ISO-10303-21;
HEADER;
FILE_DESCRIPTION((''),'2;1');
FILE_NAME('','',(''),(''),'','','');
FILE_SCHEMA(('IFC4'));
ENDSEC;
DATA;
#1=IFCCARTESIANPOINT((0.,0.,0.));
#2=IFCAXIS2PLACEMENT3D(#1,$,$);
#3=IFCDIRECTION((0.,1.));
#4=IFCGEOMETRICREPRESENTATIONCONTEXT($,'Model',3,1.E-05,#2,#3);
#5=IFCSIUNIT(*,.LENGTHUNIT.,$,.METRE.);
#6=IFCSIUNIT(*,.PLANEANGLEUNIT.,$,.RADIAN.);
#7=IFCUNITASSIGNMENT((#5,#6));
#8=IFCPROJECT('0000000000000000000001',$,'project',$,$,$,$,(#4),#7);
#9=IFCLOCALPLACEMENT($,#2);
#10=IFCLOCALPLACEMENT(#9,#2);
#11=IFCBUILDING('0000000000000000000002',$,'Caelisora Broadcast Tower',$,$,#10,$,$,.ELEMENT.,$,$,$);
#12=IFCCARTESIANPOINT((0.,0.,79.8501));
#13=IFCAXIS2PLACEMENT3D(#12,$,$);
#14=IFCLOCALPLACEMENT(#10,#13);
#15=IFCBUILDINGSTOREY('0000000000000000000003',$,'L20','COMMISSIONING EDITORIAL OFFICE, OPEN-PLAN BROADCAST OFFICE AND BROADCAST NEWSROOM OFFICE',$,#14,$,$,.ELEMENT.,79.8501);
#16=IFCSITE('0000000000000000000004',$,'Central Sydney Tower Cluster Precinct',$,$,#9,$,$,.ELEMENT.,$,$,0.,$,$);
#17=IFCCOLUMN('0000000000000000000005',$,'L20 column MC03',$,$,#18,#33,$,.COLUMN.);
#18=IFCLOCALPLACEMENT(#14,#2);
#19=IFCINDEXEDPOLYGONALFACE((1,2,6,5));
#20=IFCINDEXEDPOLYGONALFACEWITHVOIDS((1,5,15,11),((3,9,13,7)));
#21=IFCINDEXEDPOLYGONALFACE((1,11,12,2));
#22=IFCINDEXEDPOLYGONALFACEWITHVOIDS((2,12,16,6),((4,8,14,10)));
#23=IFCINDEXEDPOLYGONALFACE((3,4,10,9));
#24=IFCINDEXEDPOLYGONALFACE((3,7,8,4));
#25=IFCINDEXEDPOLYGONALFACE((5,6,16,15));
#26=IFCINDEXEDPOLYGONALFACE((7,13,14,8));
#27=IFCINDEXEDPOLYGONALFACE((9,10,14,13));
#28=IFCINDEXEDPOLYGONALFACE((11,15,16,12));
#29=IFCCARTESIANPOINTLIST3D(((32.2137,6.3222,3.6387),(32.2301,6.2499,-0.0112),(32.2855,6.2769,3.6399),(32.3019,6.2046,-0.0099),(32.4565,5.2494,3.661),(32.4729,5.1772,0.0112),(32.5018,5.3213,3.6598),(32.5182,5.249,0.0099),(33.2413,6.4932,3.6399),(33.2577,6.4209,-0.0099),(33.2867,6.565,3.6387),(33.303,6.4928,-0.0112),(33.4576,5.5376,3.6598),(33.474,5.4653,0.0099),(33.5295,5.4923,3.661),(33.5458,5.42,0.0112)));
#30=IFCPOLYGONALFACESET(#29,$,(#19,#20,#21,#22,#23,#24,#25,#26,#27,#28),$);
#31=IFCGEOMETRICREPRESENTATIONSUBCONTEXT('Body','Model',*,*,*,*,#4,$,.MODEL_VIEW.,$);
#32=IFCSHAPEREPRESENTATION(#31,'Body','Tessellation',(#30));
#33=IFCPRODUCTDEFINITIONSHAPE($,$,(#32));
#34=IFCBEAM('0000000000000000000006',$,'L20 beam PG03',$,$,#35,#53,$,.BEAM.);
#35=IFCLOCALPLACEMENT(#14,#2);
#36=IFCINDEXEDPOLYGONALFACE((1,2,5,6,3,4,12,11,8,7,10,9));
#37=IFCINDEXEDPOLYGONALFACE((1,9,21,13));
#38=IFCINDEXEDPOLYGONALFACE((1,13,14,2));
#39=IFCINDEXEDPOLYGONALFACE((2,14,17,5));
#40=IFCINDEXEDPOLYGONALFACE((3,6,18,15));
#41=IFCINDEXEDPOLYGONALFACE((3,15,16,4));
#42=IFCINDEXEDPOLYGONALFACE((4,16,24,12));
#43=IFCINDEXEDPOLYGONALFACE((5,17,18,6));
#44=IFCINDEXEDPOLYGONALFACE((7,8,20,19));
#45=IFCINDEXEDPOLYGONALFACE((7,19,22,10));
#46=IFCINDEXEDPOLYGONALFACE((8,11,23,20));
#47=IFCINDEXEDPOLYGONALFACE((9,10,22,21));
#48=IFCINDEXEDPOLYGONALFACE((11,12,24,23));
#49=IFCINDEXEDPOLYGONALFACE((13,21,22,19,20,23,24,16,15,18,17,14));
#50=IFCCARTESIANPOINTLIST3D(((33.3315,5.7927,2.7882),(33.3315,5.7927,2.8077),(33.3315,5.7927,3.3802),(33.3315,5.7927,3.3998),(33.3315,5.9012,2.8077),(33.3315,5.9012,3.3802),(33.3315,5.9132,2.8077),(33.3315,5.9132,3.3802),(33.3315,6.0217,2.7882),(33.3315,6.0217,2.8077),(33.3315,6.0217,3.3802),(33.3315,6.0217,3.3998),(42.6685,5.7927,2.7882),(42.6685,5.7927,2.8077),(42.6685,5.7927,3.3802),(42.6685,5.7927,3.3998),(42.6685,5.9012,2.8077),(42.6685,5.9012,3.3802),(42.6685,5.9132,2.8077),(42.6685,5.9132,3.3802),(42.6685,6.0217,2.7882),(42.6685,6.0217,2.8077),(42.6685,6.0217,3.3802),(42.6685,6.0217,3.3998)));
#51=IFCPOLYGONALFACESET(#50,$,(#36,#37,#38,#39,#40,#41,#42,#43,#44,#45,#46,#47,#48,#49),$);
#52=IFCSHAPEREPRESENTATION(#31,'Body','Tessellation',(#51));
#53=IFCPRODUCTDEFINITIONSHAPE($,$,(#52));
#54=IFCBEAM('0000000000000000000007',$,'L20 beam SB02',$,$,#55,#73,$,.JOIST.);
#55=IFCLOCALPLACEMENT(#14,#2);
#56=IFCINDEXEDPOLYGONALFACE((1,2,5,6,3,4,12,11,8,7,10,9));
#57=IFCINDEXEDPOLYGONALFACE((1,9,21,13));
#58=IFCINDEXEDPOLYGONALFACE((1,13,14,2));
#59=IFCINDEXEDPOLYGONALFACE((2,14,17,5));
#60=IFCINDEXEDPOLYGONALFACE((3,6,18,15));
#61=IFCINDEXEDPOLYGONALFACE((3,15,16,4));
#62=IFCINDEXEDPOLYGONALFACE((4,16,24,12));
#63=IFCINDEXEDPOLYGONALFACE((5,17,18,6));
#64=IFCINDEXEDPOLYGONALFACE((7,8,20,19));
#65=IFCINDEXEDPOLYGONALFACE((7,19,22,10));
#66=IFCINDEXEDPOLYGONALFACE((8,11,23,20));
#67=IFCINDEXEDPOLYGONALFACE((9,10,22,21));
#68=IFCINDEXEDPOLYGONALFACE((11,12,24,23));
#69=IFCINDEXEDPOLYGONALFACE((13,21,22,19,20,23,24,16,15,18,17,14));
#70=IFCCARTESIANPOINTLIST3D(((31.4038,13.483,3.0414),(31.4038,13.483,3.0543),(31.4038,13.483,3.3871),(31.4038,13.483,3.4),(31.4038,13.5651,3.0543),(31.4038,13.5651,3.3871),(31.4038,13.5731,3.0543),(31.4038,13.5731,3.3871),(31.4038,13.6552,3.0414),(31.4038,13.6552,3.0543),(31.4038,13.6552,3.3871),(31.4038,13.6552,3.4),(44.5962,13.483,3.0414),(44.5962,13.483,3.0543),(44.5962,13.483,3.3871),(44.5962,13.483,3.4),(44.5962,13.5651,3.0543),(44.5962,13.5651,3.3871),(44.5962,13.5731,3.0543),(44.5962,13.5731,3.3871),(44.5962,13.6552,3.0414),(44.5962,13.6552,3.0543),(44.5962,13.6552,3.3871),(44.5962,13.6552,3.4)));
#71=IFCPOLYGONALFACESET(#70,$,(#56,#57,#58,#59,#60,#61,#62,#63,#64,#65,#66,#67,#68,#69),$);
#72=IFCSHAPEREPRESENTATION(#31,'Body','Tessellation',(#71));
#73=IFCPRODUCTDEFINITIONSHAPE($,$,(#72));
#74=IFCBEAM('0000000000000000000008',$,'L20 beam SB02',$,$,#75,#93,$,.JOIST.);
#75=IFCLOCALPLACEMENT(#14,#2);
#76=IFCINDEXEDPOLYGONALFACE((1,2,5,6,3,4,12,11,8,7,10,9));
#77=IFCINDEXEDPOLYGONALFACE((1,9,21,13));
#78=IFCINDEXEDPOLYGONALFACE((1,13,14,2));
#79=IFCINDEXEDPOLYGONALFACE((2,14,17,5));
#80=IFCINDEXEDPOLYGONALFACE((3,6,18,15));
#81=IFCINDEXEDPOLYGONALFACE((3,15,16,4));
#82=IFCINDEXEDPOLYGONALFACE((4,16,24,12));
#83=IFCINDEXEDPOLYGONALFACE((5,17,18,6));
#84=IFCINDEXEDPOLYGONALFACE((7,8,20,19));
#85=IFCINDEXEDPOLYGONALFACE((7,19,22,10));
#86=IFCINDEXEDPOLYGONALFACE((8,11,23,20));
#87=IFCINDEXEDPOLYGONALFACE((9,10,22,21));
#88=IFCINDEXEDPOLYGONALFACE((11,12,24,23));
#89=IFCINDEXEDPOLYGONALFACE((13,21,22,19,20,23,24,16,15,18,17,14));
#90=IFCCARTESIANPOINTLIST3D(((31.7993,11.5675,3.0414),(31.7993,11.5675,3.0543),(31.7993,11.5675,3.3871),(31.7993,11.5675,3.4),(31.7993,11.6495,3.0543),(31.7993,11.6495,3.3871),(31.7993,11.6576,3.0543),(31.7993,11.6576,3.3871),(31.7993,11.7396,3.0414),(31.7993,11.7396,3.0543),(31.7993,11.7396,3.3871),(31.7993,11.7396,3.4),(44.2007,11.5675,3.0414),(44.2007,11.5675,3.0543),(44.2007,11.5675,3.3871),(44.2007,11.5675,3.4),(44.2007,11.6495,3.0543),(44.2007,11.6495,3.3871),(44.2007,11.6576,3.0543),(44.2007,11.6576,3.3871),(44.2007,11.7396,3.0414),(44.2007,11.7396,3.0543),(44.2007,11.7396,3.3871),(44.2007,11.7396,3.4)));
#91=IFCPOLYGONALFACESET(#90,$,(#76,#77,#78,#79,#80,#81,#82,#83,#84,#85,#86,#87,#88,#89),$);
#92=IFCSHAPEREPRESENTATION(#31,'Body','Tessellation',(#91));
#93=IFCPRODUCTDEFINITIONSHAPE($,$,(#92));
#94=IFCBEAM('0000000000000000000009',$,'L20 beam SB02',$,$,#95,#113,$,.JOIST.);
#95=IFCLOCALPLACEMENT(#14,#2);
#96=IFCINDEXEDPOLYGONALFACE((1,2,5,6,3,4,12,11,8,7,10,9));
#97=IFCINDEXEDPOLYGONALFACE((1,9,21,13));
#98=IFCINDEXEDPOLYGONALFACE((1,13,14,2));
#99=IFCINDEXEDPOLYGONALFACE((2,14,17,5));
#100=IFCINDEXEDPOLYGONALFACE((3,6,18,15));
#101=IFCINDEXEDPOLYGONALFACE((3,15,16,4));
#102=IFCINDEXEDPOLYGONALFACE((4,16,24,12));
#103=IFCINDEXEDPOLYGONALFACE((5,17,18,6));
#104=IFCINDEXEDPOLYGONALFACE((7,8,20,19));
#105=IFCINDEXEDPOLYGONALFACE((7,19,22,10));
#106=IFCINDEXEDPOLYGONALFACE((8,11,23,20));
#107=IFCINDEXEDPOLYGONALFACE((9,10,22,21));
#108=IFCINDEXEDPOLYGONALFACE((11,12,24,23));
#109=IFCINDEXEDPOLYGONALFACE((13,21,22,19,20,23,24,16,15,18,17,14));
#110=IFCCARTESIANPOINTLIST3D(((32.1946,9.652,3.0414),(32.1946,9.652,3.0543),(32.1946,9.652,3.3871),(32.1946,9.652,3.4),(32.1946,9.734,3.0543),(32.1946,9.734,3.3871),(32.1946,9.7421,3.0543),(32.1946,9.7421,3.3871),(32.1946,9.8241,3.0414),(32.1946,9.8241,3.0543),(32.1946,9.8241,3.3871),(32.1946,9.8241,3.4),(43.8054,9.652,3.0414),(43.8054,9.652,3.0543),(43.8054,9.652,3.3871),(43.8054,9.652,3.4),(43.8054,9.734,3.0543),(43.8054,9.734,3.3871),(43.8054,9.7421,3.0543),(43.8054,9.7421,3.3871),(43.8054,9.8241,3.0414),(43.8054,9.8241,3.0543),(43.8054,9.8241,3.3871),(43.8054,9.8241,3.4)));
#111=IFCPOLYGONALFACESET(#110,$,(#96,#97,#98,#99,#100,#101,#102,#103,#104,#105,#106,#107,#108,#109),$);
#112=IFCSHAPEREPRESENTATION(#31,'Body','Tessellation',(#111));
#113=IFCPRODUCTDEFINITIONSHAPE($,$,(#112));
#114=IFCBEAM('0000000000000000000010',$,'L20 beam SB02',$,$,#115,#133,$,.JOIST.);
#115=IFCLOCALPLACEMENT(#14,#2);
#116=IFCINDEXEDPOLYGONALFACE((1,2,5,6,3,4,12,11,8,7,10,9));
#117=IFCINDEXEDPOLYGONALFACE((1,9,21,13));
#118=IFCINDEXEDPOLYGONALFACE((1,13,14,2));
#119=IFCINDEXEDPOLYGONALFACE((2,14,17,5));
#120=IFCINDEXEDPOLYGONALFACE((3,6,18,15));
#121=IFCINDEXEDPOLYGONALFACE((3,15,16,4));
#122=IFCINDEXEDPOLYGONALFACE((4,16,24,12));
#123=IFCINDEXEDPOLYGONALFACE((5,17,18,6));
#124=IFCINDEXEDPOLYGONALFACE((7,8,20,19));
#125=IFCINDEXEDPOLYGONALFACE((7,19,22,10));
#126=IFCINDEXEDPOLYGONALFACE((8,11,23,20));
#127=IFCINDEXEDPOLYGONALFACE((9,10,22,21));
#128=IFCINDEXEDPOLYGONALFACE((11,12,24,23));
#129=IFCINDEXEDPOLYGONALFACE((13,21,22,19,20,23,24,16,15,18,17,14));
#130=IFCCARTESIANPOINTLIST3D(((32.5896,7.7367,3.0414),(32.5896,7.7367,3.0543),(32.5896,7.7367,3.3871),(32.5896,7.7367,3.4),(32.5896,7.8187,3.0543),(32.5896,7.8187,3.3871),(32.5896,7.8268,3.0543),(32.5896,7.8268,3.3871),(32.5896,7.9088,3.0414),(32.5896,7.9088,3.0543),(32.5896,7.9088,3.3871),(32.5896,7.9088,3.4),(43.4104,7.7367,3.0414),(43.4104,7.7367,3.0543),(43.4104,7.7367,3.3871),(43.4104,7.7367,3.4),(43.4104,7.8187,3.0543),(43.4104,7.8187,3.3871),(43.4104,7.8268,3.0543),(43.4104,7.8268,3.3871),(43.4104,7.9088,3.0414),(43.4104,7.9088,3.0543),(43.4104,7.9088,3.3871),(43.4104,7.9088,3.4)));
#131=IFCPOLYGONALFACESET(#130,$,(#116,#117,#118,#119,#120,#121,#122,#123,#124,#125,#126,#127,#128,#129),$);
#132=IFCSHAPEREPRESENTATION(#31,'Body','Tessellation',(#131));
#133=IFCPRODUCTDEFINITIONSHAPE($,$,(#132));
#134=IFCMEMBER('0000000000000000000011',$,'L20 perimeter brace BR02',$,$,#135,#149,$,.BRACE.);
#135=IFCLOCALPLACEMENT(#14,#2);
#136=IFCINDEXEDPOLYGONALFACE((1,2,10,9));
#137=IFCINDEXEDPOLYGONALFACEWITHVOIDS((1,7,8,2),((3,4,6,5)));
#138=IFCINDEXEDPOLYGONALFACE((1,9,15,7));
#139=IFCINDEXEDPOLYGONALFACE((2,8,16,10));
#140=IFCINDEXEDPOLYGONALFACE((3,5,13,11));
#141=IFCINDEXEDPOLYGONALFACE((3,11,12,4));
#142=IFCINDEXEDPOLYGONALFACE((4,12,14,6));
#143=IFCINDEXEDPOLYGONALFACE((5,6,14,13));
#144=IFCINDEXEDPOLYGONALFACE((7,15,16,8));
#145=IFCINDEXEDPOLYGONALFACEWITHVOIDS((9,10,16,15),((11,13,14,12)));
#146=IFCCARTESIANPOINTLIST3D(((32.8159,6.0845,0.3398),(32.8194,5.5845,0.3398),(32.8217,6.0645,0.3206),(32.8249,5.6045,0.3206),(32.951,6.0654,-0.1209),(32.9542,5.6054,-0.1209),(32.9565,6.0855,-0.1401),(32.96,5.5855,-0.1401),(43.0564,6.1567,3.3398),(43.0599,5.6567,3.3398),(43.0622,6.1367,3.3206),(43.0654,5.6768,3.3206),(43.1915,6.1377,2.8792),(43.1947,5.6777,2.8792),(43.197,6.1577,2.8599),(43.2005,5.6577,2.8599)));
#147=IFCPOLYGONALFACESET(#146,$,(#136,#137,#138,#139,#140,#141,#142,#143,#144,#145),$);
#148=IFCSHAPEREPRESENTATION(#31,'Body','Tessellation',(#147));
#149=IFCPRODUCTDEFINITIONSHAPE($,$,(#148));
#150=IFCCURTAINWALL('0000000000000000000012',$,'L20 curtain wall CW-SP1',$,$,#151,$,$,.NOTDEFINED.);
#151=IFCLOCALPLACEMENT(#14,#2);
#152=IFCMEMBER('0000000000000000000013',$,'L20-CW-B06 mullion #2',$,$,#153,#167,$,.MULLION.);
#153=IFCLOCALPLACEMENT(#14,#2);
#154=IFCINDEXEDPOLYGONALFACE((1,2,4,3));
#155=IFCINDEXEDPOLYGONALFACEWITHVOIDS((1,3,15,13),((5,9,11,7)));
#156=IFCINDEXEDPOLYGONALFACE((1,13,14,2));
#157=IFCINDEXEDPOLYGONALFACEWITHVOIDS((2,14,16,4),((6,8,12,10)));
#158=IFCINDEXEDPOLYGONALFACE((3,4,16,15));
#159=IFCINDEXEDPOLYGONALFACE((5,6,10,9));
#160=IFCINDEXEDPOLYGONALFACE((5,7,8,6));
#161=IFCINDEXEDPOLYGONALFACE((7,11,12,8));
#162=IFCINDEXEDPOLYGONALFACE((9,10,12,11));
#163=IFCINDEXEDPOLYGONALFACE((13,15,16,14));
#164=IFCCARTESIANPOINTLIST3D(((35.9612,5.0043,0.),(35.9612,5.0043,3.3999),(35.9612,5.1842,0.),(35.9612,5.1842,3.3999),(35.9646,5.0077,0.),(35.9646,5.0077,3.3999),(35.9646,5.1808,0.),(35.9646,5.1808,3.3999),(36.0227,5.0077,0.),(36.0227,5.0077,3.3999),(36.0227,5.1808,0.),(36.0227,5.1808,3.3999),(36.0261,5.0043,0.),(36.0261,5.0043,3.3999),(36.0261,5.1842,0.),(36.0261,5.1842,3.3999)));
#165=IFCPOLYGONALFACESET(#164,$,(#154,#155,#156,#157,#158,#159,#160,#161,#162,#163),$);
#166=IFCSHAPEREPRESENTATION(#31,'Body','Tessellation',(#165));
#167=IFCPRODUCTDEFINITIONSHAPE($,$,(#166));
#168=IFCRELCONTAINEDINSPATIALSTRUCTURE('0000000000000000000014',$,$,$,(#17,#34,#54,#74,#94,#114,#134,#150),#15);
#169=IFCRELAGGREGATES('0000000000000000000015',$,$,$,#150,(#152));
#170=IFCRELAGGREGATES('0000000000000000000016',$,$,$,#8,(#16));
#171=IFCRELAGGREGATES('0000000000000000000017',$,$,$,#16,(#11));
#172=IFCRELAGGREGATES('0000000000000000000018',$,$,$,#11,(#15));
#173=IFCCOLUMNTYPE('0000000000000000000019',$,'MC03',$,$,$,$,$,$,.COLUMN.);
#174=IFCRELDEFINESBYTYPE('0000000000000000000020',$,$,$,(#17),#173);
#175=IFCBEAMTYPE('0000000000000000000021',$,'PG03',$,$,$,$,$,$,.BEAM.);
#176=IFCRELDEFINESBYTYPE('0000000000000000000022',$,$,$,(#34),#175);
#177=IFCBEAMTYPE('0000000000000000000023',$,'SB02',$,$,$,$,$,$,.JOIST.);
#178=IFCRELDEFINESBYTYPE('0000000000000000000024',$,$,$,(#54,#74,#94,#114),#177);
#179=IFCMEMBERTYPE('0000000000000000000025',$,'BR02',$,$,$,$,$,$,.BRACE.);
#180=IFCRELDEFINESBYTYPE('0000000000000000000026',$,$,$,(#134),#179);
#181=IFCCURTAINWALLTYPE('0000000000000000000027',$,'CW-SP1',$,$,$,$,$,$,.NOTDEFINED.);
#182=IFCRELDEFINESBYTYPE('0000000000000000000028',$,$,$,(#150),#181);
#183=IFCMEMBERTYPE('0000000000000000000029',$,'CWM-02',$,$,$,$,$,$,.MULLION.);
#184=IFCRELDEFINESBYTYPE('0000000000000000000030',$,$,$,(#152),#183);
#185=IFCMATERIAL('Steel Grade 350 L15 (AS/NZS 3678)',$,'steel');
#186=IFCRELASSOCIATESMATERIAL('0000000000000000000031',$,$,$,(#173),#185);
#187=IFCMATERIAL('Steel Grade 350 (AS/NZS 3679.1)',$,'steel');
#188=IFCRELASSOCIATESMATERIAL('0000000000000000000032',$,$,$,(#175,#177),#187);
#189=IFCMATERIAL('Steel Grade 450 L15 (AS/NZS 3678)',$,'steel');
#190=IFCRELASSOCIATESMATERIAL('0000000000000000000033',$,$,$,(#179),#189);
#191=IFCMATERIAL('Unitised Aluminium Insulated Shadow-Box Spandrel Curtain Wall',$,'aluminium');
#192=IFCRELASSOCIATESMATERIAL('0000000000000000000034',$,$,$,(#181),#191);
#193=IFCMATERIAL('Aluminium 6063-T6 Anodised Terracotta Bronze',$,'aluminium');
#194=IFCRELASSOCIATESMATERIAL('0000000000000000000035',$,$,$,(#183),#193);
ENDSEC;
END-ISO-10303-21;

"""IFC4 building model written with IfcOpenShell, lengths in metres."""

from ifc_helpers import new_model, si_unit, direction, frame, origin, origin_2d, place, context, subcontext, project, spatial, hollow_rectangle, i_section, extrude, source, transform, mapped, material, material_profile, profile_set, type_object, type_shapes, element, aggregate, save


model = new_model("IFC4")

# Units and contexts
model_context = context("Model", 3, precision=1e-05, world=origin(), true_north=direction((0.0, 1.0)))
body_context = subcontext(model_context, "Body", "Model", "MODEL_VIEW")
ifc_project = project(units=[si_unit("LENGTHUNIT", "METRE"), si_unit("PLANEANGLEUNIT", "RADIAN")], contexts=[model_context])

# Site, building, storey
site_placement = place(None, origin())
site = spatial("IfcSite", under=ifc_project, at=site_placement, Name="Central Sydney Tower Cluster Precinct", CompositionType="ELEMENT", RefElevation=0.0)
building_placement = place(site_placement, origin())
building = spatial("IfcBuilding", under=site, at=building_placement, Name="Caelisora Broadcast Tower", CompositionType="ELEMENT")
storey_placement = place(building_placement, frame((0.0, 0.0, 79.8501)))
storey = spatial("IfcBuildingStorey", under=building, at=storey_placement, Name="L20", Description="COMMISSIONING EDITORIAL OFFICE, OPEN-PLAN BROADCAST OFFICE AND BROADCAST NEWSROOM OFFICE", CompositionType="ELEMENT", Elevation=79.8501)

# Column
ifc_material_1 = material(Name="Steel Grade 350 L15 (AS/NZS 3678)", Category="steel")
ifc_material_profile_1 = material_profile(ifc_material_1, hollow_rectangle(XDim=1.1001, YDim=1.1001, WallThickness=0.0601, at=origin_2d()), Name="Steel Grade 350 L15 (AS/NZS 3678)")
ifc_profile_set_1 = profile_set([ifc_material_profile_1], Name="Steel Grade 350 L15 (AS/NZS 3678)")
column_type = type_object("IfcColumnType", Name="MC03", PredefinedType="COLUMN", material=ifc_profile_set_1)
shared_shape_1 = source(origin(), body_context, "Body", "SweptSolid", [
    extrude(hollow_rectangle(XDim=1.1001, YDim=1.1001, WallThickness=0.0601, at=origin_2d()), origin(), (0.0, 0.0, 1.0), 3.6506),
])
type_shapes(column_type, [shared_shape_1])
column_placement = place(storey_placement, frame((32.8879, 5.835, 0.0), z_axis=(-0.004481, 0.019795, 0.999794), x_axis=(-0.975327, -0.220767, 0.0)))
element("IfcColumn", 1, at=column_placement, inside=storey, type_object=column_type, Name="L20 column MC03", PredefinedType="COLUMN", context=body_context, shape_type="MappedRepresentation", body=[
    mapped(shared_shape_1, transform((0.0, 0.0, 0.0), scale=1.0)),
])

# Beams
ifc_material_2 = material(Name="Steel Grade 350 (AS/NZS 3679.1)", Category="steel")
ifc_material_profile_2 = material_profile(ifc_material_2, i_section(OverallWidth=0.229, OverallDepth=0.6116, WebThickness=0.012, FlangeThickness=0.0195, at=origin_2d()), Name="Steel Grade 350 (AS/NZS 3679.1)")
ifc_profile_set_2 = profile_set([ifc_material_profile_2], Name="Steel Grade 350 (AS/NZS 3679.1)")
beam_type_1 = type_object("IfcBeamType", Name="PG03", PredefinedType="BEAM", material=ifc_profile_set_2)
shared_shape_2 = source(origin(), body_context, "Body", "SweptSolid", [
    extrude(i_section(OverallWidth=0.229, OverallDepth=0.6116, WebThickness=0.012, FlangeThickness=0.0195, at=origin_2d()), origin(), (0.0, 0.0, 1.0), 9.3369),
])
type_shapes(beam_type_1, [shared_shape_2])
beam_1_placement = place(storey_placement, frame((33.3315, 5.9072, 3.094), z_axis=(1.0, 0.0, 0.0), x_axis=(0.0, 1.0, 0.0)))
element("IfcBeam", 2, at=beam_1_placement, inside=storey, type_object=beam_type_1, Name="L20 beam PG03", PredefinedType="BEAM", context=body_context, shape_type="MappedRepresentation", body=[
    mapped(shared_shape_2, transform((0.0, 0.0, 0.0), scale=1.0)),
])
ifc_material_profile_3 = material_profile(ifc_material_2, i_section(OverallWidth=0.1721, OverallDepth=0.3586, WebThickness=0.0081, FlangeThickness=0.0129, at=origin_2d()), Name="Steel Grade 350 (AS/NZS 3679.1)")
ifc_profile_set_3 = profile_set([ifc_material_profile_3], Name="Steel Grade 350 (AS/NZS 3679.1)")
beam_type_2 = type_object("IfcBeamType", Name="SB02", PredefinedType="JOIST", material=ifc_profile_set_3)
shared_shape_3 = source(origin(), body_context, "Body", "SweptSolid", [
    extrude(i_section(OverallWidth=0.1721, OverallDepth=0.3586, WebThickness=0.0081, FlangeThickness=0.0129, at=origin_2d()), origin(), (0.0, 0.0, 1.0), 13.1924),
])
beam_2_placement = place(storey_placement, frame((31.4038, 13.5691, 3.2207), z_axis=(1.0, 0.0, 0.0), x_axis=(0.0, 1.0, 0.0)))
element("IfcBeam", 3, at=beam_2_placement, inside=storey, type_object=beam_type_2, Name="L20 beam SB02", PredefinedType="JOIST", context=body_context, shape_type="MappedRepresentation", body=[
    mapped(shared_shape_3, transform((0.0, 0.0, 0.0), scale=1.0)),
])
shared_shape_4 = source(origin(), body_context, "Body", "SweptSolid", [
    extrude(i_section(OverallWidth=0.1721, OverallDepth=0.3586, WebThickness=0.0081, FlangeThickness=0.0129, at=origin_2d()), origin(), (0.0, 0.0, 1.0), 12.4014),
])
beam_3_placement = place(storey_placement, frame((31.7993, 11.6536, 3.2207), z_axis=(1.0, 0.0, 0.0), x_axis=(0.0, 1.0, 0.0)))
element("IfcBeam", 4, at=beam_3_placement, inside=storey, type_object=beam_type_2, Name="L20 beam SB02", PredefinedType="JOIST", context=body_context, shape_type="MappedRepresentation", body=[
    mapped(shared_shape_4, transform((0.0, 0.0, 0.0), scale=1.0)),
])
shared_shape_5 = source(origin(), body_context, "Body", "SweptSolid", [
    extrude(i_section(OverallWidth=0.1721, OverallDepth=0.3586, WebThickness=0.0081, FlangeThickness=0.0129, at=origin_2d()), origin(), (0.0, 0.0, 1.0), 11.6108),
])
beam_4_placement = place(storey_placement, frame((32.1946, 9.738, 3.2207), z_axis=(1.0, 0.0, 0.0), x_axis=(0.0, 1.0, 0.0)))
element("IfcBeam", 5, at=beam_4_placement, inside=storey, type_object=beam_type_2, Name="L20 beam SB02", PredefinedType="JOIST", context=body_context, shape_type="MappedRepresentation", body=[
    mapped(shared_shape_5, transform((0.0, 0.0, 0.0), scale=1.0)),
])
shared_shape_6 = source(origin(), body_context, "Body", "SweptSolid", [
    extrude(i_section(OverallWidth=0.1721, OverallDepth=0.3586, WebThickness=0.0081, FlangeThickness=0.0129, at=origin_2d()), origin(), (0.0, 0.0, 1.0), 10.8208),
])
type_shapes(beam_type_2, [shared_shape_3, shared_shape_4, shared_shape_5, shared_shape_6])
beam_5_placement = place(storey_placement, frame((32.5896, 7.8228, 3.2207), z_axis=(1.0, 0.0, 0.0), x_axis=(0.0, 1.0, 0.0)))
element("IfcBeam", 6, at=beam_5_placement, inside=storey, type_object=beam_type_2, Name="L20 beam SB02", PredefinedType="JOIST", context=body_context, shape_type="MappedRepresentation", body=[
    mapped(shared_shape_6, transform((0.0, 0.0, 0.0), scale=1.0)),
])

# Member
ifc_material_3 = material(Name="Steel Grade 450 L15 (AS/NZS 3678)", Category="steel")
ifc_material_profile_4 = material_profile(ifc_material_3, hollow_rectangle(XDim=0.5, YDim=0.5, WallThickness=0.02, at=origin_2d()), Name="Steel Grade 450 L15 (AS/NZS 3678)")
ifc_profile_set_4 = profile_set([ifc_material_profile_4], Name="Steel Grade 450 L15 (AS/NZS 3678)")
member_type_1 = type_object("IfcMemberType", Name="BR02", PredefinedType="BRACE", material=ifc_profile_set_4)
shared_shape_7 = source(origin(), body_context, "Body", "SweptSolid", [
    extrude(hollow_rectangle(XDim=0.5, YDim=0.5, WallThickness=0.02, at=origin_2d()), origin(), (0.0, 0.0, 1.0), 10.6711),
])
type_shapes(member_type_1, [shared_shape_7])
member_1_placement = place(storey_placement, frame((32.8879, 5.835, 0.0999), z_axis=(0.959645, 0.006772, 0.281133), x_axis=(-0.007057, 0.999975, 0.0)))
element("IfcMember", 7, at=member_1_placement, inside=storey, type_object=member_type_1, Name="L20 perimeter brace BR02", PredefinedType="BRACE", context=body_context, shape_type="MappedRepresentation", body=[
    mapped(shared_shape_7, transform((0.0, 0.0, 0.0), scale=1.0)),
])

# Curtain wall, member
ifc_material_4 = material(Name="Unitised Aluminium Insulated Shadow-Box Spandrel Curtain Wall", Category="aluminium")
curtain_wall_type_1 = type_object("IfcCurtainWallType", Name="CW-SP1", PredefinedType="NOTDEFINED", material=ifc_material_4)
curtain_wall_1_placement = place(storey_placement, origin())
curtain_wall_1 = element("IfcCurtainWall", 8, at=curtain_wall_1_placement, inside=storey, type_object=curtain_wall_type_1, Name="L20 curtain wall CW-SP1", PredefinedType="NOTDEFINED")
ifc_material_5 = material(Name="Aluminium 6063-T6 Anodised Terracotta Bronze", Category="aluminium")
ifc_material_profile_5 = material_profile(ifc_material_5, hollow_rectangle(XDim=0.0649, YDim=0.1799, WallThickness=0.0034, at=origin_2d()), Name="Aluminium 6063-T6 Anodised Terracotta Bronze")
ifc_profile_set_5 = profile_set([ifc_material_profile_5], Name="Aluminium 6063-T6 Anodised Terracotta Bronze")
member_type_2 = type_object("IfcMemberType", Name="CWM-02", PredefinedType="MULLION", material=ifc_profile_set_5)
shared_shape_8 = source(origin(), body_context, "Body", "SweptSolid", [
    extrude(hollow_rectangle(XDim=0.0649, YDim=0.1799, WallThickness=0.0034, at=origin_2d()), origin(), (0.0, 0.0, 1.0), 3.3999),
])
type_shapes(member_type_2, [shared_shape_8])
member_2_placement = place(storey_placement, frame((35.9937, 5.0942, 0.0), z_axis=(0.0, 0.0, 1.0), x_axis=(1.0, 0.0, 0.0)))
member_2 = element("IfcMember", 9, at=member_2_placement, type_object=member_type_2, Name="L20-CW-B06 mullion #2", PredefinedType="MULLION", context=body_context, shape_type="MappedRepresentation", body=[
    mapped(shared_shape_8, transform((0.0, 0.0, 0.0), scale=1.0)),
])

aggregate(curtain_wall_1, [member_2])

save(model, "model.ifc")
